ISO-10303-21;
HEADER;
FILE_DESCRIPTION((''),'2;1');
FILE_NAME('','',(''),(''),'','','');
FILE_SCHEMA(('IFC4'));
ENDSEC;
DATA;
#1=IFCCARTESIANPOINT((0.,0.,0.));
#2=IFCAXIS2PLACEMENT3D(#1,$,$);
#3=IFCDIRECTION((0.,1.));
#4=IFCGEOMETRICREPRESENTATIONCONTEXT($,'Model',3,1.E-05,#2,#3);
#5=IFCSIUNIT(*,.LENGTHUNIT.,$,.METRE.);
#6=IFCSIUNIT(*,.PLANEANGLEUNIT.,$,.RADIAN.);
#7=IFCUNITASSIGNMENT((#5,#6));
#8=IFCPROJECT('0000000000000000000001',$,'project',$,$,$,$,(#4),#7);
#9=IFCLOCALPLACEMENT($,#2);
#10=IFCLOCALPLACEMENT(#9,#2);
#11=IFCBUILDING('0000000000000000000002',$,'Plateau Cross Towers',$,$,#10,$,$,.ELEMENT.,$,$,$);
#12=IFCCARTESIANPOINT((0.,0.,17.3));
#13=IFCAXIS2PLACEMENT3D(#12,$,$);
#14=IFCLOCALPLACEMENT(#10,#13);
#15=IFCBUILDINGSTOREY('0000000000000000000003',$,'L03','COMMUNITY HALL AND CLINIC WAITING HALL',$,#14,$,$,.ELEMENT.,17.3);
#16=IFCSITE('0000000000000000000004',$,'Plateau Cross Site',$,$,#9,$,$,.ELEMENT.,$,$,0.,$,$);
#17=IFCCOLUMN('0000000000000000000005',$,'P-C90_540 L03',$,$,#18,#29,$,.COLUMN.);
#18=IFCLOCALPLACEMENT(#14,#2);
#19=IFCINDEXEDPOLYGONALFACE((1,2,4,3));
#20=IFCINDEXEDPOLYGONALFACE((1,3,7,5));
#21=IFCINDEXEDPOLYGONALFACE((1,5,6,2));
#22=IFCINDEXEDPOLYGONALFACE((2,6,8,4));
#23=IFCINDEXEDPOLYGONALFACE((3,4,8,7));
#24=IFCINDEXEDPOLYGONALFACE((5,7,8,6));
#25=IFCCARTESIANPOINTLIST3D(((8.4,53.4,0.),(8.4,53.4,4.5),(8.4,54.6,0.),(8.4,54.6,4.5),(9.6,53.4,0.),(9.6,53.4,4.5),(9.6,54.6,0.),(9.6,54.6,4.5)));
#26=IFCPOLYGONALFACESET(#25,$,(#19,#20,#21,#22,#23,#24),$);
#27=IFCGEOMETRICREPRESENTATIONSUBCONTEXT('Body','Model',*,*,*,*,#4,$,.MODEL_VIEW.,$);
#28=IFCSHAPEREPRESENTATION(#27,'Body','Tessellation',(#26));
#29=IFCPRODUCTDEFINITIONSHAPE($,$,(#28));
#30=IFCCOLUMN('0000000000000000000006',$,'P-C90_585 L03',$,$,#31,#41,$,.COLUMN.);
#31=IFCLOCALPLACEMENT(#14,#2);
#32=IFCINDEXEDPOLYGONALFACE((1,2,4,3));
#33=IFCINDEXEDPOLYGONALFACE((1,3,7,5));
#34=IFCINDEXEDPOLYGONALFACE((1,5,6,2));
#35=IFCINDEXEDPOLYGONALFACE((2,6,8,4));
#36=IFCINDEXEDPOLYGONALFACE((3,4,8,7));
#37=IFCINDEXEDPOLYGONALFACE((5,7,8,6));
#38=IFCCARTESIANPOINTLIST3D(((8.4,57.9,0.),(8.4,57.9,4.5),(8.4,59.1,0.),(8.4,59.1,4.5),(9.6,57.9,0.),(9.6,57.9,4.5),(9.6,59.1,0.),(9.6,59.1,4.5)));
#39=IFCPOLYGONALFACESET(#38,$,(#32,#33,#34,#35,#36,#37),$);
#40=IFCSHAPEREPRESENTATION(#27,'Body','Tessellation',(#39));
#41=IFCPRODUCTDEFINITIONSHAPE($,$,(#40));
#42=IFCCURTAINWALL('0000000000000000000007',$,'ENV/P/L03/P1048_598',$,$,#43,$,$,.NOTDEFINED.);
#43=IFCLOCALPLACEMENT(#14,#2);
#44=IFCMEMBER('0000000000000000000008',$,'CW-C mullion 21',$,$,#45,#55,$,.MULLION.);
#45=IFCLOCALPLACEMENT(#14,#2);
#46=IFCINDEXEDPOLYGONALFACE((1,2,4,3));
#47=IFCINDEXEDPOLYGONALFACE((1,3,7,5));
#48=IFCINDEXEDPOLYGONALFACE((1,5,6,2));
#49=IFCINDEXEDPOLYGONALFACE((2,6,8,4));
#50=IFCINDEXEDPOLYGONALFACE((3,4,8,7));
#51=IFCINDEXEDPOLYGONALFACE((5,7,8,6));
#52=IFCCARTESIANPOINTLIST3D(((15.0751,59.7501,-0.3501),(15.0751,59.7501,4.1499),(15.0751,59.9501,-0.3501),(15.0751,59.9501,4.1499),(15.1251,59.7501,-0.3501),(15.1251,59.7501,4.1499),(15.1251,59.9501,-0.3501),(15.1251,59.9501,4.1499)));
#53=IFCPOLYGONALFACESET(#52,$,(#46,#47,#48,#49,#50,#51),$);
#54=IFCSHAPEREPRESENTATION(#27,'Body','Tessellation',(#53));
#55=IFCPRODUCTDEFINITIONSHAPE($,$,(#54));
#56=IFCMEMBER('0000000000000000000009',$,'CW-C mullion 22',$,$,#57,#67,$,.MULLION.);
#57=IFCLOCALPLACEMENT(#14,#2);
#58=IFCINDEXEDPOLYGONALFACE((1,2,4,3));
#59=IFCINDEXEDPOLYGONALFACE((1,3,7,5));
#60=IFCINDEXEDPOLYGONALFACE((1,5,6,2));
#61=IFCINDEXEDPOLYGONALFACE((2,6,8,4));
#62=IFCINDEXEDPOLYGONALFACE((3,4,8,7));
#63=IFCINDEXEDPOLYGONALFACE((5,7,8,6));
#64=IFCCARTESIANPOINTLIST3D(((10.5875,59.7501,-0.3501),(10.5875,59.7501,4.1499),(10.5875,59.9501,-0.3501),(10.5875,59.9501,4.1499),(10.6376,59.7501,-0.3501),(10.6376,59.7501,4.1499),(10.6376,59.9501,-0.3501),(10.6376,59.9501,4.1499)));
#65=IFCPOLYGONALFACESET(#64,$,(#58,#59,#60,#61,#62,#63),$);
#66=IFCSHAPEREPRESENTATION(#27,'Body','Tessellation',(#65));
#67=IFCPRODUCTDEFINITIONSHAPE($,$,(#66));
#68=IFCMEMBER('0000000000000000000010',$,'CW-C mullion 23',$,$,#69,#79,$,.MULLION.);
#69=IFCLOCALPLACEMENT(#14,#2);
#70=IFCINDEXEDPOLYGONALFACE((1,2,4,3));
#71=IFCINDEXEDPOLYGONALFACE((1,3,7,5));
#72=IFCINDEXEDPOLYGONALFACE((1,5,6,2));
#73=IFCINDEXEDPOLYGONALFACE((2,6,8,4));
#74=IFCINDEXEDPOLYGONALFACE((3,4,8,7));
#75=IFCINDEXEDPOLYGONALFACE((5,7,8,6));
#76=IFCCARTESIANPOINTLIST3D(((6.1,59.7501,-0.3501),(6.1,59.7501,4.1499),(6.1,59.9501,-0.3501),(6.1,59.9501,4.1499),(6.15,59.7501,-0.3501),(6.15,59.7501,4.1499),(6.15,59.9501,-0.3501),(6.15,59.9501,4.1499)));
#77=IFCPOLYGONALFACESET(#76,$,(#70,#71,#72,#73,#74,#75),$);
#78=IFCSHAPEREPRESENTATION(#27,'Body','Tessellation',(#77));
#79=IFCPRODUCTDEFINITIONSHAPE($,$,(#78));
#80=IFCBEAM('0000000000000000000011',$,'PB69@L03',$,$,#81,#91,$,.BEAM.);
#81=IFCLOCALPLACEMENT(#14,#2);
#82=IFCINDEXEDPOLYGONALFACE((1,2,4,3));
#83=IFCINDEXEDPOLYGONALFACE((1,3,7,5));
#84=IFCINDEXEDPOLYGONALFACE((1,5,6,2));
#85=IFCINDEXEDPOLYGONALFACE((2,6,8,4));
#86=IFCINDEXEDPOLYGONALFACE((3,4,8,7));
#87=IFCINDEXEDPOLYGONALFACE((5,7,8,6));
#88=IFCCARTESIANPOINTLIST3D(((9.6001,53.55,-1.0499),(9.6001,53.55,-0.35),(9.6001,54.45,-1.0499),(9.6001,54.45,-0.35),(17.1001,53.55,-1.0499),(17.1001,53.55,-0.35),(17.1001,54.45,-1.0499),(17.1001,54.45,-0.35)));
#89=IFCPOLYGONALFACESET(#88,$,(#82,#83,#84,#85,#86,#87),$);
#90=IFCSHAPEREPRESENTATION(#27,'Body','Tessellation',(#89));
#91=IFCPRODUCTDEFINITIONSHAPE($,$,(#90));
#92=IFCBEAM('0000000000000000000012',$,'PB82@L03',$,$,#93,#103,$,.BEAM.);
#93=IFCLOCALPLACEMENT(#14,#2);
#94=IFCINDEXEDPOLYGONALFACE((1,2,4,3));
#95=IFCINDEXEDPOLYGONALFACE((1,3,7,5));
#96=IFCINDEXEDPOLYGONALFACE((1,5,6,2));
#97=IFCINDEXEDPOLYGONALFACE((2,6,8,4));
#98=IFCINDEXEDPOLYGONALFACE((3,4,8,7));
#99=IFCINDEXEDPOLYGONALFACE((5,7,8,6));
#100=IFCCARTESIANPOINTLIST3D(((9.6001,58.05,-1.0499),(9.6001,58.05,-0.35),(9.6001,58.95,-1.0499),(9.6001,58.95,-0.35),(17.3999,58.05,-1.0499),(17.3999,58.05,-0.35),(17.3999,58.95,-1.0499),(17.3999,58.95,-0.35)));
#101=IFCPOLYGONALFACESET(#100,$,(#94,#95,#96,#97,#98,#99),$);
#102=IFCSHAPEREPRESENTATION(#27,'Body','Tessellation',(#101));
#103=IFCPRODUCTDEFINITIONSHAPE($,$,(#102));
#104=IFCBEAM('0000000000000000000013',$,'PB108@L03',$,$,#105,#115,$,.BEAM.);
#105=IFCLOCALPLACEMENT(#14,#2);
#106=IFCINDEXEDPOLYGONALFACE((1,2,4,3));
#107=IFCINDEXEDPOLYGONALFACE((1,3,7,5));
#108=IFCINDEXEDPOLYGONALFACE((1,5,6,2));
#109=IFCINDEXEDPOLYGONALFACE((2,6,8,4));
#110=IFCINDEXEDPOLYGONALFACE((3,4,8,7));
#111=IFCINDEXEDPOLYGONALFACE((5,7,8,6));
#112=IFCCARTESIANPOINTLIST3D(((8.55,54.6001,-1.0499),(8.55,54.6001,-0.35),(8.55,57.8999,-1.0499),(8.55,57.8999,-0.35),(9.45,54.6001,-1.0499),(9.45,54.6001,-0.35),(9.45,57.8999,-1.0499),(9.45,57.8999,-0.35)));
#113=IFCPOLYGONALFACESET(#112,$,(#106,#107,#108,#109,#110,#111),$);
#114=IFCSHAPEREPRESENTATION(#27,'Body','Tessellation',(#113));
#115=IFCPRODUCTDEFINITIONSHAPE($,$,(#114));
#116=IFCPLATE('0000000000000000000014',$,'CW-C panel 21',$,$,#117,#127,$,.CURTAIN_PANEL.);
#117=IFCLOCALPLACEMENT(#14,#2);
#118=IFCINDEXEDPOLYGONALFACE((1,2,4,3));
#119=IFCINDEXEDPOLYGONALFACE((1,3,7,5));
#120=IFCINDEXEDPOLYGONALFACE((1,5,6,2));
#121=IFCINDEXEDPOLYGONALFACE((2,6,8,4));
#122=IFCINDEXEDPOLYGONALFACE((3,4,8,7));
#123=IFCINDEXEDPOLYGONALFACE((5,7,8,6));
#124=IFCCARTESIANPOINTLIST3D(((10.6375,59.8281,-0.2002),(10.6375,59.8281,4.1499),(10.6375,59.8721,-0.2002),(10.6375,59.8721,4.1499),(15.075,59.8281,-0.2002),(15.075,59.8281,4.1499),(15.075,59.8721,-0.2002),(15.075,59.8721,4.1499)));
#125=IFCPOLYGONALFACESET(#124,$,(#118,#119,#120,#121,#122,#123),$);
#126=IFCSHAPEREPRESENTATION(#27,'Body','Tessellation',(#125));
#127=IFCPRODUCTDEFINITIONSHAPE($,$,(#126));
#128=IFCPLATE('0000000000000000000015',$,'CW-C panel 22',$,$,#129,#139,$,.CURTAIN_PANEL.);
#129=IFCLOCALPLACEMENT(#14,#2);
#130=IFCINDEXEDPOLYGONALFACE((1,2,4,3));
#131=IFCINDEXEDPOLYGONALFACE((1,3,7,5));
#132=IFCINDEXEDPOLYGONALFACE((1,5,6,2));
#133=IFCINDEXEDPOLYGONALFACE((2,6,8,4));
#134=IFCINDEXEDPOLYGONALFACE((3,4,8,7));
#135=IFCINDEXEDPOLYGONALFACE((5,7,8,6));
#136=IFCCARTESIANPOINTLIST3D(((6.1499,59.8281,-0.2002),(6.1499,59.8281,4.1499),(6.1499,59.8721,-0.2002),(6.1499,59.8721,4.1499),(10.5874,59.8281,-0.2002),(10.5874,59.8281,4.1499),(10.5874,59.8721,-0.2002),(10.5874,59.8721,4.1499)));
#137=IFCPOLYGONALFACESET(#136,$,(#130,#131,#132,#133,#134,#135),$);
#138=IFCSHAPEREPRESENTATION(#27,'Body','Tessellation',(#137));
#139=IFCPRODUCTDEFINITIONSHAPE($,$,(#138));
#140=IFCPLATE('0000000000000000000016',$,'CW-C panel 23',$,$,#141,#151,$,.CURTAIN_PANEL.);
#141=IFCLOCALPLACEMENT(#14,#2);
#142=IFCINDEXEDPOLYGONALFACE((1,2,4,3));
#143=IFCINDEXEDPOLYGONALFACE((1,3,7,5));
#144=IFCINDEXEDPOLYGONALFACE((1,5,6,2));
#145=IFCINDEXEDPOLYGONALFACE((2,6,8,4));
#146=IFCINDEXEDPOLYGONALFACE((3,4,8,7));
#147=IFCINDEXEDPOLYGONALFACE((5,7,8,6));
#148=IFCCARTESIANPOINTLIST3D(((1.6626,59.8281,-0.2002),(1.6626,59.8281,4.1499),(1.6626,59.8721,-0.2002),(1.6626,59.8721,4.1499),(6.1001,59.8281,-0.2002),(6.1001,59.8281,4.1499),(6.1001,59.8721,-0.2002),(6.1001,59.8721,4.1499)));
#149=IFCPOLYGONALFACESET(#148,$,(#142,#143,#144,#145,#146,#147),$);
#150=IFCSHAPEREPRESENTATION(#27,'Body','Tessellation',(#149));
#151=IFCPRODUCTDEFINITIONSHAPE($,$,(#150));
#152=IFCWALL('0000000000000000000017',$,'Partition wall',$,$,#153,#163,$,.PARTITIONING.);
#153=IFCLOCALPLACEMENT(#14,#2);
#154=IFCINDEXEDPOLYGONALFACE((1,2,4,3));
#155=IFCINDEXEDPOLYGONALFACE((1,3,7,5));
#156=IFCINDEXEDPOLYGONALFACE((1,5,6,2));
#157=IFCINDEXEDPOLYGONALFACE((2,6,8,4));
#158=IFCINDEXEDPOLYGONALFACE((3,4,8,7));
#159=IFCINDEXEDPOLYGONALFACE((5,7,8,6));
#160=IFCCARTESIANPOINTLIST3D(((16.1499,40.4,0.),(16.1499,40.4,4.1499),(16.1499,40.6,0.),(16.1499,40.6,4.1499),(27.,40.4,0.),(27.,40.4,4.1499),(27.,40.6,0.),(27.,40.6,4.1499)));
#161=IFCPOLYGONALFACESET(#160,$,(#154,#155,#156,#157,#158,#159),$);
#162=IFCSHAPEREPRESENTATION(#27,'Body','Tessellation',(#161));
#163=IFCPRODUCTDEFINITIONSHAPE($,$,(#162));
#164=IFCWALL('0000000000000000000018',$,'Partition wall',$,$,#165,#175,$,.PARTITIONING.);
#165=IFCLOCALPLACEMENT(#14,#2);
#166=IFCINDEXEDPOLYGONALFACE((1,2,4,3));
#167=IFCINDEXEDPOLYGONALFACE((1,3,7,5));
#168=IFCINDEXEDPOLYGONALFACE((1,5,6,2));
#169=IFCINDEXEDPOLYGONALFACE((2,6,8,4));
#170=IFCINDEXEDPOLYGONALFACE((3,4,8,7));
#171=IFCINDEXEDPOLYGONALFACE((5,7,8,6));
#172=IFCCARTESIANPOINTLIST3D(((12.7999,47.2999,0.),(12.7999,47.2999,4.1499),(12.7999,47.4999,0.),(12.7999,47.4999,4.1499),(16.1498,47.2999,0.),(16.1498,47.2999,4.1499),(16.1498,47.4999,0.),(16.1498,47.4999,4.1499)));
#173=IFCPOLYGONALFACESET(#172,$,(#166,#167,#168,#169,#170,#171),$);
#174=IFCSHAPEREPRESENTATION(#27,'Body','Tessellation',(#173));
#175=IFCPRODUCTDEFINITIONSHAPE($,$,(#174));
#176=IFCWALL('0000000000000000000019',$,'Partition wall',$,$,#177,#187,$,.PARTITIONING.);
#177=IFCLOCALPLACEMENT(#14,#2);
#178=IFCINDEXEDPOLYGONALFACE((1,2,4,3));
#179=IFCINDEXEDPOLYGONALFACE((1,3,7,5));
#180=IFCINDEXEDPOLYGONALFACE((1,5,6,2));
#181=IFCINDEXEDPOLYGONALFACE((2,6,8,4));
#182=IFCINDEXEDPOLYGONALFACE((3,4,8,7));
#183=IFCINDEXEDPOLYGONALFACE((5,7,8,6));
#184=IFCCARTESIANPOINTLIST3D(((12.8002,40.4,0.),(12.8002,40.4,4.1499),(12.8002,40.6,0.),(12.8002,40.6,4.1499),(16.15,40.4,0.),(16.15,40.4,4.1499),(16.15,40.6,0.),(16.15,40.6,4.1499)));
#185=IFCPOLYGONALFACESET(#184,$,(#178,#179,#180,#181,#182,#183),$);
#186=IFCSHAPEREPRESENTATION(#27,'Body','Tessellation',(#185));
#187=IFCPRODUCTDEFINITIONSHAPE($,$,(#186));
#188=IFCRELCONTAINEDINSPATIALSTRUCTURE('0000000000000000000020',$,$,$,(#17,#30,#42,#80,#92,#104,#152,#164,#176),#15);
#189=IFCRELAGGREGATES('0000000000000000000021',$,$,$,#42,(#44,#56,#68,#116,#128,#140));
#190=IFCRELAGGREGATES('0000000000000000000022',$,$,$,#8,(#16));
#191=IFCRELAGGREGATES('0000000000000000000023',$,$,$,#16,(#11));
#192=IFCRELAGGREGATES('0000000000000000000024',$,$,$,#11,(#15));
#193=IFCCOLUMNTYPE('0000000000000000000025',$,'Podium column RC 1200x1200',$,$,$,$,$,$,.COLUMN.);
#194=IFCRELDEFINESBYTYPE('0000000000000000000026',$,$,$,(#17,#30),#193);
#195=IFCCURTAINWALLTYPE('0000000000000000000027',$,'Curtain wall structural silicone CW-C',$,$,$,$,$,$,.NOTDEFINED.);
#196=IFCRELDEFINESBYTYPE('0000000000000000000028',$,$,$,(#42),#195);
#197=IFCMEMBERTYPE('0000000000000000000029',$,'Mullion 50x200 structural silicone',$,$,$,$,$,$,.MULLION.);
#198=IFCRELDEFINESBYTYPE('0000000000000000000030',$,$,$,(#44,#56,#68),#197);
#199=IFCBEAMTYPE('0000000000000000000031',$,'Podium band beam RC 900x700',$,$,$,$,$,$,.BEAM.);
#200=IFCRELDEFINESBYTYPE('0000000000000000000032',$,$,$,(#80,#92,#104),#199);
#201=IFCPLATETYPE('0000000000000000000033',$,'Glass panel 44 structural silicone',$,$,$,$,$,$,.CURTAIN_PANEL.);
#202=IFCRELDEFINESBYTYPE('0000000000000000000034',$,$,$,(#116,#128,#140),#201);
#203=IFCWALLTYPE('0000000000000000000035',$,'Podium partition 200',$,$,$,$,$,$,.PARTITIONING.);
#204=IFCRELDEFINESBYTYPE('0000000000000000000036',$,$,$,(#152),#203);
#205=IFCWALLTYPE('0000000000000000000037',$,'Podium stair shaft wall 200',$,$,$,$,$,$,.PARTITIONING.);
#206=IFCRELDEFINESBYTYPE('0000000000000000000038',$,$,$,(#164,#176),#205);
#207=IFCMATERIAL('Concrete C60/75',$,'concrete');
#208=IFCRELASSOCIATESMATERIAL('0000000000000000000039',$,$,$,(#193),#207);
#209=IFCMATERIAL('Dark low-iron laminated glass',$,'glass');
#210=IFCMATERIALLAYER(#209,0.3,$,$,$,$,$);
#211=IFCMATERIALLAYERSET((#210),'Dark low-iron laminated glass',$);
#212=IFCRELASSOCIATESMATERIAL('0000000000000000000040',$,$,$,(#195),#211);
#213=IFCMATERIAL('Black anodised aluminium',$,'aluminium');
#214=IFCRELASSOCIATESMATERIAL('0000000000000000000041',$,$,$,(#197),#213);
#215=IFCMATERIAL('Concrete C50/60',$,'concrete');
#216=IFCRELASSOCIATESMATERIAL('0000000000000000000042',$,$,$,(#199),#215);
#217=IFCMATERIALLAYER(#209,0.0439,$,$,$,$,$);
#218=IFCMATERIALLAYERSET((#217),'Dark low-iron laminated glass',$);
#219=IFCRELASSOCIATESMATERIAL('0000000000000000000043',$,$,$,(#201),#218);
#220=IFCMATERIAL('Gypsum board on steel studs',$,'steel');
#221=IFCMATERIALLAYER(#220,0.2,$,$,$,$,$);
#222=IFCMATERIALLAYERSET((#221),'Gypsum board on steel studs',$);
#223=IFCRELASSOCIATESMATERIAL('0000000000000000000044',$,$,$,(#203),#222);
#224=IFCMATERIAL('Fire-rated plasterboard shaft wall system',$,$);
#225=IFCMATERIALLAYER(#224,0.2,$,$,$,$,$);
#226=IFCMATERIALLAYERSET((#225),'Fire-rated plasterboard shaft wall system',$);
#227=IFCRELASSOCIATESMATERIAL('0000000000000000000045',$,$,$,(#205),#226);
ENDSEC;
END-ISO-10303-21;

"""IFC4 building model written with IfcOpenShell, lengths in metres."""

from ifc_helpers import new_model, si_unit, direction, frame, frame_2d, origin, origin_2d, place, context, subcontext, project, spatial, rectangle, extrude, material, layer, layer_set, material_profile, profile_set, type_object, element, aggregate, save


model = new_model("IFC4")

# Units and contexts
model_context = context("Model", 3, precision=1e-05, world=origin(), true_north=direction((0.0, 1.0)))
body_context = subcontext(model_context, "Body", "Model", "MODEL_VIEW")
ifc_project = project(units=[si_unit("LENGTHUNIT", "METRE"), si_unit("PLANEANGLEUNIT", "RADIAN")], contexts=[model_context])

# Site, building, storey
site_placement = place(None, origin())
site = spatial("IfcSite", under=ifc_project, at=site_placement, Name="Plateau Cross Site", CompositionType="ELEMENT", RefElevation=0.0)
building_placement = place(site_placement, origin())
building = spatial("IfcBuilding", under=site, at=building_placement, Name="Plateau Cross Towers", CompositionType="ELEMENT")
storey_placement = place(building_placement, frame((0.0, 0.0, 17.3)))
storey = spatial("IfcBuildingStorey", under=building, at=storey_placement, Name="L03", Description="COMMUNITY HALL AND CLINIC WAITING HALL", CompositionType="ELEMENT", Elevation=17.3)

# Columns
ifc_material_1 = material(Name="Concrete C60/75", Category="concrete")
ifc_material_profile_1 = material_profile(ifc_material_1, rectangle(XDim=1.2, YDim=1.2, at=origin_2d()), Name="RC 1200x1200")
ifc_profile_set_1 = profile_set([ifc_material_profile_1], Name="Concrete C60/75")
column_type = type_object("IfcColumnType", Name="Podium column RC 1200x1200", PredefinedType="COLUMN", material=ifc_profile_set_1)
for number, where, z_axis, x_axis, name in (
    (1, (9.0, 54.0, 0.0), (0.0, 0.0, 1.0), (1.0, 0.0, 0.0), "P-C90_540 L03"),
    (2, (9.0, 58.5, 0.0), (0.0, 0.0, 1.0), (1.0, 0.0, 0.0), "P-C90_585 L03"),
):
    element("IfcColumn", number, at=place(storey_placement, frame(where, z_axis=z_axis, x_axis=x_axis)), inside=storey, type_object=column_type, Name=name, PredefinedType="COLUMN", context=body_context, shape_type="SweptSolid", body=[
        extrude(rectangle(XDim=1.2, YDim=1.2, at=origin_2d()), origin(), (0.0, 0.0, 1.0), 4.5),
    ])

# Curtain wall, members
ifc_material_2 = material(Name="Dark low-iron laminated glass", Category="glass")
ifc_layer_1 = layer(ifc_material_2, 0.3)
ifc_layer_set_1 = layer_set([ifc_layer_1], Name="Dark low-iron laminated glass")
curtain_wall_type = type_object("IfcCurtainWallType", Name="Curtain wall structural silicone CW-C", PredefinedType="NOTDEFINED", material=ifc_layer_set_1)
curtain_wall_placement = place(storey_placement, origin())
curtain_wall = element("IfcCurtainWall", 3, at=curtain_wall_placement, inside=storey, type_object=curtain_wall_type, Name="ENV/P/L03/P1048_598", PredefinedType="NOTDEFINED")
ifc_material_3 = material(Name="Black anodised aluminium", Category="aluminium")
ifc_material_profile_2 = material_profile(ifc_material_3, rectangle(XDim=0.05, YDim=0.2, at=origin_2d()), Name="MULLION 50x200")
ifc_profile_set_2 = profile_set([ifc_material_profile_2], Name="Black anodised aluminium")
member_type = type_object("IfcMemberType", Name="Mullion 50x200 structural silicone", PredefinedType="MULLION", material=ifc_profile_set_2)
member_1_placement = place(storey_placement, frame((15.1001, 59.8501, -0.3501), z_axis=(0.0, 0.0, 1.0), x_axis=(-1.0, 0.0, 0.0)))
member_1 = element("IfcMember", 4, at=member_1_placement, type_object=member_type, Name="CW-C mullion 21", PredefinedType="MULLION", context=body_context, shape_type="SweptSolid", body=[
    extrude(rectangle(XDim=0.05, YDim=0.2, at=origin_2d()), origin(), (0.0, 0.0, 1.0), 4.5),
])
member_2_placement = place(storey_placement, frame((10.6125, 59.8501, -0.3501), z_axis=(0.0, 0.0, 1.0), x_axis=(-1.0, 0.0, 0.0)))
member_2 = element("IfcMember", 5, at=member_2_placement, type_object=member_type, Name="CW-C mullion 22", PredefinedType="MULLION", context=body_context, shape_type="SweptSolid", body=[
    extrude(rectangle(XDim=0.05, YDim=0.2, at=origin_2d()), origin(), (0.0, 0.0, 1.0), 4.5),
])
member_3_placement = place(storey_placement, frame((6.125, 59.8501, -0.3501), z_axis=(0.0, 0.0, 1.0), x_axis=(-1.0, 0.0, 0.0)))
member_3 = element("IfcMember", 6, at=member_3_placement, type_object=member_type, Name="CW-C mullion 23", PredefinedType="MULLION", context=body_context, shape_type="SweptSolid", body=[
    extrude(rectangle(XDim=0.05, YDim=0.2, at=origin_2d()), origin(), (0.0, 0.0, 1.0), 4.5),
])

# Beams
ifc_material_4 = material(Name="Concrete C50/60", Category="concrete")
ifc_material_profile_3 = material_profile(ifc_material_4, rectangle(XDim=0.8999, YDim=0.7, at=origin_2d()), Name="RC 900x700")
ifc_profile_set_3 = profile_set([ifc_material_profile_3], Name="Concrete C50/60")
beam_type = type_object("IfcBeamType", Name="Podium band beam RC 900x700", PredefinedType="BEAM", material=ifc_profile_set_3)
beam_1_placement = place(storey_placement, frame((9.6001, 54.0, -0.7), z_axis=(1.0, 0.0, 0.0), x_axis=(0.0, 1.0, 0.0)))
element("IfcBeam", 7, at=beam_1_placement, inside=storey, type_object=beam_type, Name="PB69@L03", PredefinedType="BEAM", context=body_context, shape_type="SweptSolid", body=[
    extrude(rectangle(XDim=0.8999, YDim=0.7, at=origin_2d()), origin(), (0.0, 0.0, 1.0), 7.5),
])
beam_2_placement = place(storey_placement, frame((9.6001, 58.5, -0.7), z_axis=(1.0, 0.0, 0.0), x_axis=(0.0, 1.0, 0.0)))
element("IfcBeam", 8, at=beam_2_placement, inside=storey, type_object=beam_type, Name="PB82@L03", PredefinedType="BEAM", context=body_context, shape_type="SweptSolid", body=[
    extrude(rectangle(XDim=0.8999, YDim=0.7, at=origin_2d()), origin(), (0.0, 0.0, 1.0), 7.7998),
])
beam_3_placement = place(storey_placement, frame((9.0, 54.6001, -0.7), z_axis=(0.0, 1.0, 0.0), x_axis=(-1.0, 0.0, 0.0)))
element("IfcBeam", 9, at=beam_3_placement, inside=storey, type_object=beam_type, Name="PB108@L03", PredefinedType="BEAM", context=body_context, shape_type="SweptSolid", body=[
    extrude(rectangle(XDim=0.8999, YDim=0.7, at=origin_2d()), origin(), (0.0, 0.0, 1.0), 3.2998),
])

# Plates
ifc_layer_2 = layer(ifc_material_2, 0.0439)
ifc_layer_set_2 = layer_set([ifc_layer_2], Name="Dark low-iron laminated glass")
plate_type = type_object("IfcPlateType", Name="Glass panel 44 structural silicone", PredefinedType="CURTAIN_PANEL", material=ifc_layer_set_2)
plate_1_placement = place(storey_placement, frame((12.8562, 59.8501, -0.2002), z_axis=(0.0, 0.0, 1.0), x_axis=(-1.0, 0.0, 0.0)))
plate_1 = element("IfcPlate", 10, at=plate_1_placement, type_object=plate_type, Name="CW-C panel 21", PredefinedType="CURTAIN_PANEL", context=body_context, shape_type="SweptSolid", body=[
    extrude(rectangle(XDim=4.4375, YDim=0.0439, at=origin_2d()), origin(), (0.0, 0.0, 1.0), 4.3501),
])
plate_2_placement = place(storey_placement, frame((8.3687, 59.8501, -0.2002), z_axis=(0.0, 0.0, 1.0), x_axis=(-1.0, 0.0, 0.0)))
plate_2 = element("IfcPlate", 11, at=plate_2_placement, type_object=plate_type, Name="CW-C panel 22", PredefinedType="CURTAIN_PANEL", context=body_context, shape_type="SweptSolid", body=[
    extrude(rectangle(XDim=4.4375, YDim=0.0439, at=origin_2d()), origin(), (0.0, 0.0, 1.0), 4.3501),
])
plate_3_placement = place(storey_placement, frame((3.8813, 59.8501, -0.2002), z_axis=(0.0, 0.0, 1.0), x_axis=(-1.0, 0.0, 0.0)))
plate_3 = element("IfcPlate", 12, at=plate_3_placement, type_object=plate_type, Name="CW-C panel 23", PredefinedType="CURTAIN_PANEL", context=body_context, shape_type="SweptSolid", body=[
    extrude(rectangle(XDim=4.4375, YDim=0.0439, at=origin_2d()), origin(), (0.0, 0.0, 1.0), 4.3501),
])
aggregate(curtain_wall, [member_1, member_2, member_3, plate_1, plate_2, plate_3])

# Walls
ifc_material_5 = material(Name="Gypsum board on steel studs", Category="steel")
ifc_layer_3 = layer(ifc_material_5, 0.2)
ifc_layer_set_3 = layer_set([ifc_layer_3], Name="Gypsum board on steel studs")
wall_type_1 = type_object("IfcWallType", Name="Podium partition 200", PredefinedType="PARTITIONING", material=ifc_layer_set_3)
wall_placement = place(storey_placement, frame((16.1499, 40.5, 0.0), z_axis=(0.0, 0.0, 1.0), x_axis=(1.0, 0.0, 0.0)))
element("IfcWall", 13, at=wall_placement, inside=storey, type_object=wall_type_1, Name="Partition wall", PredefinedType="PARTITIONING", context=body_context, shape_type="SweptSolid", body=[
    extrude(rectangle(XDim=10.8501, YDim=0.2, at=frame_2d((5.425, 0.0))), origin(), (0.0, 0.0, 1.0), 4.1499),
])
ifc_material_6 = material(Name="Fire-rated plasterboard shaft wall system")
ifc_layer_4 = layer(ifc_material_6, 0.2)
ifc_layer_set_4 = layer_set([ifc_layer_4], Name="Fire-rated plasterboard shaft wall system")
wall_type_2 = type_object("IfcWallType", Name="Podium stair shaft wall 200", PredefinedType="PARTITIONING", material=ifc_layer_set_4)
for number, where, z_axis, x_axis, name in (
    (14, (12.8, 47.3999, 0.0), (0.0, 0.0, 1.0), (1.0, 0.0, 0.0), "Partition wall"),
    (15, (16.1499, 40.5, 0.0), (0.0, 0.0, 1.0), (-1.0, 0.0, 0.0), "Partition wall"),
):
    element("IfcWall", number, at=place(storey_placement, frame(where, z_axis=z_axis, x_axis=x_axis)), inside=storey, type_object=wall_type_2, Name=name, PredefinedType="PARTITIONING", context=body_context, shape_type="SweptSolid", body=[
        extrude(rectangle(XDim=3.3499, YDim=0.2, at=frame_2d((1.6748, 0.0))), origin(), (0.0, 0.0, 1.0), 4.1499),
    ])

save(model, "model.ifc")
